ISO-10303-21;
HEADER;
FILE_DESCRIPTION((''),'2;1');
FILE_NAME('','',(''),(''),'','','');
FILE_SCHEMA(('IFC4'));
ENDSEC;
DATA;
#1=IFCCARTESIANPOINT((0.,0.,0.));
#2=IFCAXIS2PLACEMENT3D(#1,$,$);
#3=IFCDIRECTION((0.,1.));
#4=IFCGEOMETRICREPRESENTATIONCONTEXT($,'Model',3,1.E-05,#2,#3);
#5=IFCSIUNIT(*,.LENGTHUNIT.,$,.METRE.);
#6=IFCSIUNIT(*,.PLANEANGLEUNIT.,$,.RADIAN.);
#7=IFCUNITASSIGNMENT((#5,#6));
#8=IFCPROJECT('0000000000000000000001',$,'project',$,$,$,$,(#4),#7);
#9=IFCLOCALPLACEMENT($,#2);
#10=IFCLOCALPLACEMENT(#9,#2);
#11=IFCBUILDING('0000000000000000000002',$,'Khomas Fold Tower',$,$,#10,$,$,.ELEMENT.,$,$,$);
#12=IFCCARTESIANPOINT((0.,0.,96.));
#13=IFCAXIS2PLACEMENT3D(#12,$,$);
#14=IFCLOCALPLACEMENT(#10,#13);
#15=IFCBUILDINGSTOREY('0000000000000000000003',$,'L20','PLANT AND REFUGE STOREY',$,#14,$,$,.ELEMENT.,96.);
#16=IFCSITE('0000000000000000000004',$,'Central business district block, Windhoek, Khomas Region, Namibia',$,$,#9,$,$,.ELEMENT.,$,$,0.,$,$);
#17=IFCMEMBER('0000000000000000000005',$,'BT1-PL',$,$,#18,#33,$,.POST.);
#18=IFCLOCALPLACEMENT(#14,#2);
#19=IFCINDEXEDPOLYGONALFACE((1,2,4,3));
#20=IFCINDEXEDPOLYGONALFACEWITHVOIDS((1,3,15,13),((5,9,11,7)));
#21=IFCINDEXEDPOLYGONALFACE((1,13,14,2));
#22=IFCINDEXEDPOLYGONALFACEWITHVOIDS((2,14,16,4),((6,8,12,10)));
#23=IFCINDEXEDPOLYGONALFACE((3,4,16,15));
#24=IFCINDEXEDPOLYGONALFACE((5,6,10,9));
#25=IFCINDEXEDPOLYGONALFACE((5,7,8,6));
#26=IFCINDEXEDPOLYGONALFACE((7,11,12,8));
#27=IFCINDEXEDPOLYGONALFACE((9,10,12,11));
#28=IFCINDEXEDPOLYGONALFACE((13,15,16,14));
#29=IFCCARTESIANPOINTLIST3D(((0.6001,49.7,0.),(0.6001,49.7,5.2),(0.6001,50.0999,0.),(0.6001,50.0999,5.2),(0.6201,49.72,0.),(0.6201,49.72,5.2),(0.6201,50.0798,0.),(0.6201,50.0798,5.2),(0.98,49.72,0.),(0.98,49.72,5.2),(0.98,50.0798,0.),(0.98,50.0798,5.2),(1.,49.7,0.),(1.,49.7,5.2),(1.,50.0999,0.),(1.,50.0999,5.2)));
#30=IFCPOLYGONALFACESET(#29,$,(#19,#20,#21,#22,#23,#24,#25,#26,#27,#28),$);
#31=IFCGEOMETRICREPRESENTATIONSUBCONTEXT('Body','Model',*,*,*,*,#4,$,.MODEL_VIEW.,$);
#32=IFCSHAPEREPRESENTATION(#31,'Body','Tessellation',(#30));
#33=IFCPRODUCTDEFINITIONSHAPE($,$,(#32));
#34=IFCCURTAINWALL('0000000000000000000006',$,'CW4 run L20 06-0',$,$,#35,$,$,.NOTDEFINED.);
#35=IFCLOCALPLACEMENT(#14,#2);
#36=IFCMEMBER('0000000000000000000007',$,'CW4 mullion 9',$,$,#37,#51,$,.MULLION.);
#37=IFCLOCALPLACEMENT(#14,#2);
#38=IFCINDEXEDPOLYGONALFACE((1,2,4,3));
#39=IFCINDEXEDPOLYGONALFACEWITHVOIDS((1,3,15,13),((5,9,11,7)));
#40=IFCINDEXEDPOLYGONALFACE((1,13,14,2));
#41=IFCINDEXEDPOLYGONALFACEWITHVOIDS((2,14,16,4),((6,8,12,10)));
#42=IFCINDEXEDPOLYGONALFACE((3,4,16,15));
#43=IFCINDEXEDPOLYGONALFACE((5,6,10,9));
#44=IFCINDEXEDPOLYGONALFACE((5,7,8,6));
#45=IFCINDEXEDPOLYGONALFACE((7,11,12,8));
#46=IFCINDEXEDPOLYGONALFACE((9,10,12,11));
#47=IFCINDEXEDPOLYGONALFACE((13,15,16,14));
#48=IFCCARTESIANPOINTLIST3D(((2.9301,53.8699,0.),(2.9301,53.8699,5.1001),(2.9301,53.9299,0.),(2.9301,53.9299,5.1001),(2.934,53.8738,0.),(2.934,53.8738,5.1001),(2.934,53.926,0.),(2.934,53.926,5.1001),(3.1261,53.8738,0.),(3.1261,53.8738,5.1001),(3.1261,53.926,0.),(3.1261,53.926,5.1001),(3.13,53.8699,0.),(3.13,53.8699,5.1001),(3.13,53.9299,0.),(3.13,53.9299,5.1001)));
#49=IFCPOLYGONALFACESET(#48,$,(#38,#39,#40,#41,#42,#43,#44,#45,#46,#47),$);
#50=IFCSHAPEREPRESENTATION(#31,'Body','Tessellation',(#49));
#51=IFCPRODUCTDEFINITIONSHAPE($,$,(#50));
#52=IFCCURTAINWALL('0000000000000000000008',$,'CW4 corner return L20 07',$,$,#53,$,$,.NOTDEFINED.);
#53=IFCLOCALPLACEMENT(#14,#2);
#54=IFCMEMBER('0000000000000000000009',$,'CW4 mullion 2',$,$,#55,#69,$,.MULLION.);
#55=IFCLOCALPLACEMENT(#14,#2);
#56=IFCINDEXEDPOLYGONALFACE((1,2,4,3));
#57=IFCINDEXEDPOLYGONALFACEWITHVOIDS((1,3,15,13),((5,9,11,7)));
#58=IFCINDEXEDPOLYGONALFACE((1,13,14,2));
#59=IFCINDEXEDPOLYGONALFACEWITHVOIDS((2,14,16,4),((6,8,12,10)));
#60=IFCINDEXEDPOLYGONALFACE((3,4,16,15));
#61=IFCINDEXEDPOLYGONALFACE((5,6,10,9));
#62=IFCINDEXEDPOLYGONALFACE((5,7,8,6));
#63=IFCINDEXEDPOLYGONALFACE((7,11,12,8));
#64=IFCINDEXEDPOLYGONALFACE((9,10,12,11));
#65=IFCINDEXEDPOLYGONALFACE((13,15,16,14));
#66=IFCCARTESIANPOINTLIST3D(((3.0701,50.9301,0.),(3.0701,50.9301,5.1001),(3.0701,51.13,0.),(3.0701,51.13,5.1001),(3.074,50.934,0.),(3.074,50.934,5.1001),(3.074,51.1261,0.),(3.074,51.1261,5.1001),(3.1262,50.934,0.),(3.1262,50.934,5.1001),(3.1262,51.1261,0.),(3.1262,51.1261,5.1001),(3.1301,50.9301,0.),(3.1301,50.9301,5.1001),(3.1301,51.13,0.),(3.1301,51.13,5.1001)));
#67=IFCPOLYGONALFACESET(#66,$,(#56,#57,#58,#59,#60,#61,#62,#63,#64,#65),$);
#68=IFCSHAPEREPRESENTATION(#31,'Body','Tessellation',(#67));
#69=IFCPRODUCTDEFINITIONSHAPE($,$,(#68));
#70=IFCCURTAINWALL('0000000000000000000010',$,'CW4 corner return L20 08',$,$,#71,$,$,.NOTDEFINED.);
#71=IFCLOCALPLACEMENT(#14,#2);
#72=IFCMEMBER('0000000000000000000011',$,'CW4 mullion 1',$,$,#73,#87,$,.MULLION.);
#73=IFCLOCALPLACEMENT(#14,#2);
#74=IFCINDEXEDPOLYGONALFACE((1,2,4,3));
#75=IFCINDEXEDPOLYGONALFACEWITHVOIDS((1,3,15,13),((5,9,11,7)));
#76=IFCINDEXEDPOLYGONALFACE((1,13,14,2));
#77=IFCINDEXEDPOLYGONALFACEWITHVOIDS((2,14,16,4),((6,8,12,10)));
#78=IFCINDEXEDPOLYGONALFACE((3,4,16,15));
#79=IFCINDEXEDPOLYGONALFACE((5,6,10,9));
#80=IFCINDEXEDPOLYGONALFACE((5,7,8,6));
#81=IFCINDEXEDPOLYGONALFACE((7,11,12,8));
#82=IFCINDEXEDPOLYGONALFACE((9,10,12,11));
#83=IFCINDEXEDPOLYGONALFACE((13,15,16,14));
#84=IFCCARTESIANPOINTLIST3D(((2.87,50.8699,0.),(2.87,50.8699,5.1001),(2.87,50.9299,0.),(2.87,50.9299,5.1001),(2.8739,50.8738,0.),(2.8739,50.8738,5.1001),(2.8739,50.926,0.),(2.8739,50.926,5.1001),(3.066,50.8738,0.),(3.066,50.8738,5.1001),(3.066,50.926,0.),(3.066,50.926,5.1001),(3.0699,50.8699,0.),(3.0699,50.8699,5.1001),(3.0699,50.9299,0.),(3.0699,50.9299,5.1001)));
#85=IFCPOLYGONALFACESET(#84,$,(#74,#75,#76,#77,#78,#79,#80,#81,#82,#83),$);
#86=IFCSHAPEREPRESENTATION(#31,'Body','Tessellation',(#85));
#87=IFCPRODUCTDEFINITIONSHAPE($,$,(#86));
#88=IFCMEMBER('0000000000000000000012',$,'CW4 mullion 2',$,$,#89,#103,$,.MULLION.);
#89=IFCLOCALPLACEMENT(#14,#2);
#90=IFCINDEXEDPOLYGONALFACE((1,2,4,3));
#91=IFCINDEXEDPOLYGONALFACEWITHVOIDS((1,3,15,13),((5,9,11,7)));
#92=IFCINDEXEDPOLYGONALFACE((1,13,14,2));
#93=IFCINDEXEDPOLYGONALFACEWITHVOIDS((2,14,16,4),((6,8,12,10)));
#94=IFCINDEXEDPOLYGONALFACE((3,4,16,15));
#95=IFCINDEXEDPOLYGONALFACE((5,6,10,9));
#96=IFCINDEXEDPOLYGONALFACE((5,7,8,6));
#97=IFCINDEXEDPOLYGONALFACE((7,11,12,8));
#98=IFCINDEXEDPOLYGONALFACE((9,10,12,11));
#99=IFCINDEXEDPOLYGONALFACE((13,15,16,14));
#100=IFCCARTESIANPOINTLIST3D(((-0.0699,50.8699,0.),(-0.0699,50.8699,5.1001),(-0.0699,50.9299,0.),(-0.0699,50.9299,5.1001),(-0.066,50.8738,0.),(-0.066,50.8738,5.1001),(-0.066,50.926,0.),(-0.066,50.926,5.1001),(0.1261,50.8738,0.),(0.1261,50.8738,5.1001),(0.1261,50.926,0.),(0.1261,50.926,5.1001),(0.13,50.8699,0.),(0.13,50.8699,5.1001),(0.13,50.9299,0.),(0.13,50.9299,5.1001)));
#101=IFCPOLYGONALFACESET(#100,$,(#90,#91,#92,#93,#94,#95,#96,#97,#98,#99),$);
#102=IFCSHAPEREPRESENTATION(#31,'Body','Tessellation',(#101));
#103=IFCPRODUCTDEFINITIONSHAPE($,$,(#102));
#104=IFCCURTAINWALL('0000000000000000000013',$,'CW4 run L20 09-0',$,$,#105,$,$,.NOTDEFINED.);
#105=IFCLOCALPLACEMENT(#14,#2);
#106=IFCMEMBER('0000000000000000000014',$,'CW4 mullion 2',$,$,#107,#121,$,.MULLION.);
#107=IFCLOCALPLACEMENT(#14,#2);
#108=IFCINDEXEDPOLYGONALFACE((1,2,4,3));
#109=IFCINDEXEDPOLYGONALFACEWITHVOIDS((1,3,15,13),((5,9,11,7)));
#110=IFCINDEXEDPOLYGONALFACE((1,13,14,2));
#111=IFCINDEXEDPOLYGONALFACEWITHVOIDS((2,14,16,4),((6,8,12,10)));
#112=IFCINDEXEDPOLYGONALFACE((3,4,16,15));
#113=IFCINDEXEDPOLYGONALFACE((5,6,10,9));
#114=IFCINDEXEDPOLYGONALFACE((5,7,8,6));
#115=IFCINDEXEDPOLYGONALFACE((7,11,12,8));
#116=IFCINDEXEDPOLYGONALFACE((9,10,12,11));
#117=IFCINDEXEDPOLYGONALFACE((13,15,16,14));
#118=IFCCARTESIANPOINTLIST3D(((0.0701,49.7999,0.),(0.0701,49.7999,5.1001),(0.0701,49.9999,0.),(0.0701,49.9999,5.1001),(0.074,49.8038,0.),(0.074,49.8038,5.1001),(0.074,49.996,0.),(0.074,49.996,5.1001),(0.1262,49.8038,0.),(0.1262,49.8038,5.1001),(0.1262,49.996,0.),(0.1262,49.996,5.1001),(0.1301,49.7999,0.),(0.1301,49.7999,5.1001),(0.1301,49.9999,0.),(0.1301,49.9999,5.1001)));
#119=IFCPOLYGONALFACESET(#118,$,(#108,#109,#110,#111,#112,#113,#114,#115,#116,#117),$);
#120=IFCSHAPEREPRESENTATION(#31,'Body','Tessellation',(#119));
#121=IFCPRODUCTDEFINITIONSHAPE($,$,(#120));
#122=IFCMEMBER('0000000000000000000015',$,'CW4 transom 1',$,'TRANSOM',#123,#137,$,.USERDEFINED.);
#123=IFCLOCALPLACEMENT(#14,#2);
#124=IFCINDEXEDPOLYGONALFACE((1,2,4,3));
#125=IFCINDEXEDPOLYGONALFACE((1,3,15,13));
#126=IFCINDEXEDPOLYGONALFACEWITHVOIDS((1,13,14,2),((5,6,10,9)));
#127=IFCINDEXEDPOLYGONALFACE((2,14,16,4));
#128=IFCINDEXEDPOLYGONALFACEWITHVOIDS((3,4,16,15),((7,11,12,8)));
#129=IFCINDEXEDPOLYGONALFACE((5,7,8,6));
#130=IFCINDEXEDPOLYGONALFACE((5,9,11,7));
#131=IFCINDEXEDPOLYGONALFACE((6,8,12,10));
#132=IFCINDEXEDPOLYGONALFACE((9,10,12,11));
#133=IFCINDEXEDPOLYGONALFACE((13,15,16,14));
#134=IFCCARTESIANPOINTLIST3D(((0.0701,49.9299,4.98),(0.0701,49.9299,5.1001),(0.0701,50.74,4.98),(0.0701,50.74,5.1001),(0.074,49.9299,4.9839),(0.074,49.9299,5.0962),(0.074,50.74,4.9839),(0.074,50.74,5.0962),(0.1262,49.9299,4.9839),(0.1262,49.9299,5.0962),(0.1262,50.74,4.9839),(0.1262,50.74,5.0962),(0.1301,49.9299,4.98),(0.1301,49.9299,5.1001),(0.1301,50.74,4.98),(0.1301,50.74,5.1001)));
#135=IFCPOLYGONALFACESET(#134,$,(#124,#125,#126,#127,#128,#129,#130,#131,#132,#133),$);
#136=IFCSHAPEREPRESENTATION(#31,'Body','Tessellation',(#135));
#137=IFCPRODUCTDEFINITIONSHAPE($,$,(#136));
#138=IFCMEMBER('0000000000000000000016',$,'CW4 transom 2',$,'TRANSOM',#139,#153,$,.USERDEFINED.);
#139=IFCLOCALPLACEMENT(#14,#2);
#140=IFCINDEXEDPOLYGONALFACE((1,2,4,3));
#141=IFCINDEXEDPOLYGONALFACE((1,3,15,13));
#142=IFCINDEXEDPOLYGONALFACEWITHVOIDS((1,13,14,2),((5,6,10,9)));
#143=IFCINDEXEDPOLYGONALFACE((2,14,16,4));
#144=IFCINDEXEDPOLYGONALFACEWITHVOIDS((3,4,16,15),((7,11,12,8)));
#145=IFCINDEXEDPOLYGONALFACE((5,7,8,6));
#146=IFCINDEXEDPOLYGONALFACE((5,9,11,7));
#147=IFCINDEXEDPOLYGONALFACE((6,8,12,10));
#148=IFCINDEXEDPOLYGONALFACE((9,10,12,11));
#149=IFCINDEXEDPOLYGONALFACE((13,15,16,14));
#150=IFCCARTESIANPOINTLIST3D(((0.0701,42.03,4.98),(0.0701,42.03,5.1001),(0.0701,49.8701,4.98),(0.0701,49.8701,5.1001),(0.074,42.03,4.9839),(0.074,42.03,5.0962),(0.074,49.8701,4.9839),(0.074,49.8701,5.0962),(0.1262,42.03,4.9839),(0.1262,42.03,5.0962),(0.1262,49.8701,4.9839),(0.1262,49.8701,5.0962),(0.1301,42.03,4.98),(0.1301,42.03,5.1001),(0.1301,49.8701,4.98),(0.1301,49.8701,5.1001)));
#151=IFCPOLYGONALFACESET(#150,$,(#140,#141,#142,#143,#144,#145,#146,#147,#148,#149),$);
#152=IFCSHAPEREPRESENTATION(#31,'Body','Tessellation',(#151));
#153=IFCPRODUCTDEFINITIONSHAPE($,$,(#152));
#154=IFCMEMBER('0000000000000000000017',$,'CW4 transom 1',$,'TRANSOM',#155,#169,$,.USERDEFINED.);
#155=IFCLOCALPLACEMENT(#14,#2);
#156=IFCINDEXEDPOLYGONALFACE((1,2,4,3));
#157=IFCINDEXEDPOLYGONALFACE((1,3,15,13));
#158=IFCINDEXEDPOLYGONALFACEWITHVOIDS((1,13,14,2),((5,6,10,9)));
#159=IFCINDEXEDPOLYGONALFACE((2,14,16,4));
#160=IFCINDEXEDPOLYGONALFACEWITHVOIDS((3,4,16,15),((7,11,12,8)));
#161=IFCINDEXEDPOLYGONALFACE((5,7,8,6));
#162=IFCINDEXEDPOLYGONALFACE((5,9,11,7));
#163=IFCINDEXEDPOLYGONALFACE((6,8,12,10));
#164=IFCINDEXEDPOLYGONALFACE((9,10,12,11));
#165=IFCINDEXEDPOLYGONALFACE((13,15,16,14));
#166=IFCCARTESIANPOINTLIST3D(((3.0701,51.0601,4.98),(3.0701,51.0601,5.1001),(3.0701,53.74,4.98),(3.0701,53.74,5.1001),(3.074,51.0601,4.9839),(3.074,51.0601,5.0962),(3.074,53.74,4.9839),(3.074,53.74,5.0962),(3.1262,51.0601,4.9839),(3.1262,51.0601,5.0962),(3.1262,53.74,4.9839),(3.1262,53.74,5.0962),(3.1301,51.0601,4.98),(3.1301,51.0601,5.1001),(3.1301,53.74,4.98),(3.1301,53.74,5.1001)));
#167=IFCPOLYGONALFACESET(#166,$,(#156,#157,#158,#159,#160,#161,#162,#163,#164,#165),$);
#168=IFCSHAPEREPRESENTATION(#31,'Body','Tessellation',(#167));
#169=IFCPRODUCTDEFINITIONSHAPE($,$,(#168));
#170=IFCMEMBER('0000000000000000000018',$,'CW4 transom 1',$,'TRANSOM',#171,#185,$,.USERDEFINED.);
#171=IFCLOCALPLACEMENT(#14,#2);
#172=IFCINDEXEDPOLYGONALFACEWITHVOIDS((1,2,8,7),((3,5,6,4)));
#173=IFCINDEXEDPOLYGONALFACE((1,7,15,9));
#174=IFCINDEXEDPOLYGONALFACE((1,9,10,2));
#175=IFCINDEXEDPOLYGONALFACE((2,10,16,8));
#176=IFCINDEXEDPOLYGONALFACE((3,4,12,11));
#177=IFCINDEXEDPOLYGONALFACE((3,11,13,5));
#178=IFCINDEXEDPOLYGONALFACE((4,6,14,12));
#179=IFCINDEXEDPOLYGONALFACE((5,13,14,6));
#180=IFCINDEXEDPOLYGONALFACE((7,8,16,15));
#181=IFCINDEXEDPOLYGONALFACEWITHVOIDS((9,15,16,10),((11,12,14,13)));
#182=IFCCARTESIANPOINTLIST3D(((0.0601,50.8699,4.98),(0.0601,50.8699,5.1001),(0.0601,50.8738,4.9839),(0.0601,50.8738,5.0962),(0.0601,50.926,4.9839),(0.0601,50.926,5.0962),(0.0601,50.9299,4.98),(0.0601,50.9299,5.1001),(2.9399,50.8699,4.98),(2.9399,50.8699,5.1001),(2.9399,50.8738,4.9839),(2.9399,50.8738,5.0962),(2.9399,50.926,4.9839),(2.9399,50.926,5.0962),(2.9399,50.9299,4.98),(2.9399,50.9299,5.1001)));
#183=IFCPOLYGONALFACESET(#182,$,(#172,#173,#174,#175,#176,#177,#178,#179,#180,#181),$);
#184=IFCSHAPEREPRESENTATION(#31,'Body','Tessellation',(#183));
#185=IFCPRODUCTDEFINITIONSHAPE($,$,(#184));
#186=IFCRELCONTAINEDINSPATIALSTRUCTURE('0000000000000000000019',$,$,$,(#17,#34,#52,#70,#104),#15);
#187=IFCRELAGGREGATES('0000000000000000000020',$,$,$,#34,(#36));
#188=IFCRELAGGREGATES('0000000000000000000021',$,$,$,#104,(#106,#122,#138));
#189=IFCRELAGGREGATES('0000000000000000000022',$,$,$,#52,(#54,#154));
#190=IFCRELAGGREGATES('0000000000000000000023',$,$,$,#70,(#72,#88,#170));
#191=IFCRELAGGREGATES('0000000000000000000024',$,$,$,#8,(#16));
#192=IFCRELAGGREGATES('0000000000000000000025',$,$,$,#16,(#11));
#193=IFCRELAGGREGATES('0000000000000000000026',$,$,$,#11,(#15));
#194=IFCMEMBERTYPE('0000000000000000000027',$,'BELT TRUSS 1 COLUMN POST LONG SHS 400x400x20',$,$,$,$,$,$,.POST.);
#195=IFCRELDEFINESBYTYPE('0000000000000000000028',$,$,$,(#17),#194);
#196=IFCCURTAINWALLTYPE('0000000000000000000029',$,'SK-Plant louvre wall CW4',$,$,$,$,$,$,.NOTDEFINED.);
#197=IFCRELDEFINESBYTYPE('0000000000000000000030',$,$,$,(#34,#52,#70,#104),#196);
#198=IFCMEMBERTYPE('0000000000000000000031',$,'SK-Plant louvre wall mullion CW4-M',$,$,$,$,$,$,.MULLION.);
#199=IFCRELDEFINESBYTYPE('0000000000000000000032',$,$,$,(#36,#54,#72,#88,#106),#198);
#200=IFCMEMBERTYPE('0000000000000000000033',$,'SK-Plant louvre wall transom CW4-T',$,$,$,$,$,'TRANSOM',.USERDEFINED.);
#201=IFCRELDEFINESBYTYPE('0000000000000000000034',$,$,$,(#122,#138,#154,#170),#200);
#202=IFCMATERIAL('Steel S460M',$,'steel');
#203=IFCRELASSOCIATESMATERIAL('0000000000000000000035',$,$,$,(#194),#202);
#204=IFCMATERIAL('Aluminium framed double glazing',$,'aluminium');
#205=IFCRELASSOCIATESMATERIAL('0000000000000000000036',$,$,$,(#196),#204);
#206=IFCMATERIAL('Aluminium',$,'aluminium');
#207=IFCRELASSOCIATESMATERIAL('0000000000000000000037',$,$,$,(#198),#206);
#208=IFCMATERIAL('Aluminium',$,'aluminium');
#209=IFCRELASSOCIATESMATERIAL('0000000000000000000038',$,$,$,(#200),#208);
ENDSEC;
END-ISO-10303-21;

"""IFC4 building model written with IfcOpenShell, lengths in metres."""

from ifc_helpers import new_model, si_unit, direction, frame, origin, origin_2d, place, context, subcontext, project, spatial, hollow_rectangle, extrude, source, transform, mapped, material, material_profile, profile_set, type_object, element, aggregate, save


model = new_model("IFC4")

# Units and contexts
model_context = context("Model", 3, precision=1e-05, world=origin(), true_north=direction((0.0, 1.0)))
body_context = subcontext(model_context, "Body", "Model", "MODEL_VIEW")
ifc_project = project(units=[si_unit("LENGTHUNIT", "METRE"), si_unit("PLANEANGLEUNIT", "RADIAN")], contexts=[model_context])

# Site, building, storey
site_placement = place(None, origin())
site = spatial("IfcSite", under=ifc_project, at=site_placement, Name="Central business district block, Windhoek, Khomas Region, Namibia", CompositionType="ELEMENT", RefElevation=0.0)
building_placement = place(site_placement, origin())
building = spatial("IfcBuilding", under=site, at=building_placement, Name="Khomas Fold Tower", CompositionType="ELEMENT")
storey_placement = place(building_placement, frame((0.0, 0.0, 96.0)))
storey = spatial("IfcBuildingStorey", under=building, at=storey_placement, Name="L20", Description="PLANT AND REFUGE STOREY", CompositionType="ELEMENT", Elevation=96.0)

# Member
ifc_material_1 = material(Name="Steel S460M", Category="steel")
ifc_material_profile_1 = material_profile(ifc_material_1, hollow_rectangle(XDim=0.3999, YDim=0.3999, WallThickness=0.02, at=origin_2d()), Name="SHS 400x400x20")
ifc_profile_set_1 = profile_set([ifc_material_profile_1], Name="Steel S460M")
member_type_1 = type_object("IfcMemberType", Name="BELT TRUSS 1 COLUMN POST LONG SHS 400x400x20", PredefinedType="POST", material=ifc_profile_set_1)
shared_shape_1 = source(origin(), body_context, "Body", "SweptSolid", [
    extrude(hollow_rectangle(XDim=0.3999, YDim=0.3999, WallThickness=0.02, at=origin_2d()), origin(), (0.0, 0.0, 1.0), 5.2),
])
member_1_placement = place(storey_placement, frame((0.8, 49.8999, 0.0), z_axis=(0.0, 0.0, 1.0), x_axis=(1.0, 0.0, 0.0)))
element("IfcMember", 1, at=member_1_placement, inside=storey, type_object=member_type_1, Name="BT1-PL", PredefinedType="POST", context=body_context, shape_type="MappedRepresentation", body=[
    mapped(shared_shape_1, transform((0.0, 0.0, 0.0))),
])

# Curtain walls, members
ifc_material_2 = material(Name="Aluminium framed double glazing", Category="aluminium")
curtain_wall_type = type_object("IfcCurtainWallType", Name="SK-Plant louvre wall CW4", PredefinedType="NOTDEFINED", material=ifc_material_2)
curtain_wall_1_placement = place(storey_placement, origin())
curtain_wall_1 = element("IfcCurtainWall", 2, at=curtain_wall_1_placement, inside=storey, type_object=curtain_wall_type, Name="CW4 run L20 06-0", PredefinedType="NOTDEFINED")
ifc_material_3 = material(Name="Aluminium", Category="aluminium")
ifc_material_profile_2 = material_profile(ifc_material_3, hollow_rectangle(XDim=0.0601, YDim=0.2, WallThickness=0.0039, at=origin_2d()), Name="SK-Plant louvre wall mullion CW4-M")
ifc_profile_set_2 = profile_set([ifc_material_profile_2], Name="Aluminium")
member_type_2 = type_object("IfcMemberType", Name="SK-Plant louvre wall mullion CW4-M", PredefinedType="MULLION", material=ifc_profile_set_2)
shared_shape_2 = source(origin(), body_context, "Body", "SweptSolid", [
    extrude(hollow_rectangle(XDim=0.0601, YDim=0.2, WallThickness=0.0039, at=origin_2d()), origin(), (0.0, 0.0, 1.0), 5.1001),
])
member_2_placement = place(storey_placement, frame((3.03, 53.8999, 0.0), z_axis=(0.0, 0.0, 1.0), x_axis=(0.0, -1.0, 0.0)))
member_2 = element("IfcMember", 3, at=member_2_placement, type_object=member_type_2, Name="CW4 mullion 9", PredefinedType="MULLION", context=body_context, shape_type="MappedRepresentation", body=[
    mapped(shared_shape_2, transform((0.0, 0.0, 0.0))),
])
aggregate(curtain_wall_1, [member_2])
curtain_wall_2_placement = place(storey_placement, origin())
curtain_wall_2 = element("IfcCurtainWall", 4, at=curtain_wall_2_placement, inside=storey, type_object=curtain_wall_type, Name="CW4 corner return L20 07", PredefinedType="NOTDEFINED")
member_3_placement = place(storey_placement, frame((3.1001, 51.03, 0.0), z_axis=(0.0, 0.0, 1.0), x_axis=(1.0, 0.0, 0.0)))
member_3 = element("IfcMember", 5, at=member_3_placement, type_object=member_type_2, Name="CW4 mullion 2", PredefinedType="MULLION", context=body_context, shape_type="MappedRepresentation", body=[
    mapped(shared_shape_2, transform((0.0, 0.0, 0.0))),
])

# Curtain walls, members
curtain_wall_3_placement = place(storey_placement, origin())
curtain_wall_3 = element("IfcCurtainWall", 6, at=curtain_wall_3_placement, inside=storey, type_object=curtain_wall_type, Name="CW4 corner return L20 08", PredefinedType="NOTDEFINED")
member_4_placement = place(storey_placement, frame((2.97, 50.8999, 0.0), z_axis=(0.0, 0.0, 1.0), x_axis=(0.0, -1.0, 0.0)))
member_4 = element("IfcMember", 7, at=member_4_placement, type_object=member_type_2, Name="CW4 mullion 1", PredefinedType="MULLION", context=body_context, shape_type="MappedRepresentation", body=[
    mapped(shared_shape_2, transform((0.0, 0.0, 0.0))),
])
member_5_placement = place(storey_placement, frame((0.03, 50.8999, 0.0), z_axis=(0.0, 0.0, 1.0), x_axis=(0.0, -1.0, 0.0)))
member_5 = element("IfcMember", 8, at=member_5_placement, type_object=member_type_2, Name="CW4 mullion 2", PredefinedType="MULLION", context=body_context, shape_type="MappedRepresentation", body=[
    mapped(shared_shape_2, transform((0.0, 0.0, 0.0))),
])
curtain_wall_4_placement = place(storey_placement, origin())
curtain_wall_4 = element("IfcCurtainWall", 9, at=curtain_wall_4_placement, inside=storey, type_object=curtain_wall_type, Name="CW4 run L20 09-0", PredefinedType="NOTDEFINED")
member_6_placement = place(storey_placement, frame((0.1001, 49.8999, 0.0), z_axis=(0.0, 0.0, 1.0), x_axis=(1.0, 0.0, 0.0)))
member_6 = element("IfcMember", 10, at=member_6_placement, type_object=member_type_2, Name="CW4 mullion 2", PredefinedType="MULLION", context=body_context, shape_type="MappedRepresentation", body=[
    mapped(shared_shape_2, transform((0.0, 0.0, 0.0))),
])
ifc_material_4 = material(Name="Aluminium", Category="aluminium")
ifc_material_profile_3 = material_profile(ifc_material_4, hollow_rectangle(XDim=0.0601, YDim=0.1201, WallThickness=0.0039, at=origin_2d()), Name="SK-Plant louvre wall transom CW4-T")
ifc_profile_set_3 = profile_set([ifc_material_profile_3], Name="Aluminium")
member_type_3 = type_object("IfcMemberType", Name="SK-Plant louvre wall transom CW4-T", ElementType="TRANSOM", PredefinedType="USERDEFINED", material=ifc_profile_set_3)
shared_shape_3 = source(origin(), body_context, "Body", "SweptSolid", [
    extrude(hollow_rectangle(XDim=0.0601, YDim=0.1201, WallThickness=0.0039, at=origin_2d()), origin(), (0.0, 0.0, 1.0), 0.8101),
])
member_7_placement = place(storey_placement, frame((0.1001, 50.74, 5.04), z_axis=(0.0, -1.0, 0.0), x_axis=(1.0, 0.0, 0.0)))
member_7 = element("IfcMember", 11, at=member_7_placement, type_object=member_type_3, Name="CW4 transom 1", ObjectType="TRANSOM", PredefinedType="USERDEFINED", context=body_context, shape_type="MappedRepresentation", body=[
    mapped(shared_shape_3, transform((0.0, 0.0, 0.0))),
])
shared_shape_4 = source(origin(), body_context, "Body", "SweptSolid", [
    extrude(hollow_rectangle(XDim=0.0601, YDim=0.1201, WallThickness=0.0039, at=origin_2d()), origin(), (0.0, 0.0, 1.0), 7.8401),
])
member_8_placement = place(storey_placement, frame((0.1001, 49.8701, 5.04), z_axis=(0.0, -1.0, 0.0), x_axis=(1.0, 0.0, 0.0)))
member_8 = element("IfcMember", 12, at=member_8_placement, type_object=member_type_3, Name="CW4 transom 2", ObjectType="TRANSOM", PredefinedType="USERDEFINED", context=body_context, shape_type="MappedRepresentation", body=[
    mapped(shared_shape_4, transform((0.0, 0.0, 0.0))),
])

# Members
shared_shape_5 = source(origin(), body_context, "Body", "SweptSolid", [
    extrude(hollow_rectangle(XDim=0.0601, YDim=0.1201, WallThickness=0.0039, at=origin_2d()), origin(), (0.0, 0.0, 1.0), 2.6799),
])
member_9_placement = place(storey_placement, frame((3.1001, 53.74, 5.04), z_axis=(0.0, -1.0, 0.0), x_axis=(1.0, 0.0, 0.0)))
member_9 = element("IfcMember", 13, at=member_9_placement, type_object=member_type_3, Name="CW4 transom 1", ObjectType="TRANSOM", PredefinedType="USERDEFINED", context=body_context, shape_type="MappedRepresentation", body=[
    mapped(shared_shape_5, transform((0.0, 0.0, 0.0))),
])
shared_shape_6 = source(origin(), body_context, "Body", "SweptSolid", [
    extrude(hollow_rectangle(XDim=0.0601, YDim=0.1201, WallThickness=0.0039, at=origin_2d()), origin(), (0.0, 0.0, 1.0), 2.8799),
])
member_10_placement = place(storey_placement, frame((2.9399, 50.8999, 5.04), z_axis=(-1.0, 0.0, 0.0), x_axis=(0.0, -1.0, 0.0)))
member_10 = element("IfcMember", 14, at=member_10_placement, type_object=member_type_3, Name="CW4 transom 1", ObjectType="TRANSOM", PredefinedType="USERDEFINED", context=body_context, shape_type="MappedRepresentation", body=[
    mapped(shared_shape_6, transform((0.0, 0.0, 0.0))),
])

aggregate(curtain_wall_4, [member_6, member_7, member_8])
aggregate(curtain_wall_2, [member_3, member_9])
aggregate(curtain_wall_3, [member_4, member_5, member_10])

save(model, "model.ifc")
